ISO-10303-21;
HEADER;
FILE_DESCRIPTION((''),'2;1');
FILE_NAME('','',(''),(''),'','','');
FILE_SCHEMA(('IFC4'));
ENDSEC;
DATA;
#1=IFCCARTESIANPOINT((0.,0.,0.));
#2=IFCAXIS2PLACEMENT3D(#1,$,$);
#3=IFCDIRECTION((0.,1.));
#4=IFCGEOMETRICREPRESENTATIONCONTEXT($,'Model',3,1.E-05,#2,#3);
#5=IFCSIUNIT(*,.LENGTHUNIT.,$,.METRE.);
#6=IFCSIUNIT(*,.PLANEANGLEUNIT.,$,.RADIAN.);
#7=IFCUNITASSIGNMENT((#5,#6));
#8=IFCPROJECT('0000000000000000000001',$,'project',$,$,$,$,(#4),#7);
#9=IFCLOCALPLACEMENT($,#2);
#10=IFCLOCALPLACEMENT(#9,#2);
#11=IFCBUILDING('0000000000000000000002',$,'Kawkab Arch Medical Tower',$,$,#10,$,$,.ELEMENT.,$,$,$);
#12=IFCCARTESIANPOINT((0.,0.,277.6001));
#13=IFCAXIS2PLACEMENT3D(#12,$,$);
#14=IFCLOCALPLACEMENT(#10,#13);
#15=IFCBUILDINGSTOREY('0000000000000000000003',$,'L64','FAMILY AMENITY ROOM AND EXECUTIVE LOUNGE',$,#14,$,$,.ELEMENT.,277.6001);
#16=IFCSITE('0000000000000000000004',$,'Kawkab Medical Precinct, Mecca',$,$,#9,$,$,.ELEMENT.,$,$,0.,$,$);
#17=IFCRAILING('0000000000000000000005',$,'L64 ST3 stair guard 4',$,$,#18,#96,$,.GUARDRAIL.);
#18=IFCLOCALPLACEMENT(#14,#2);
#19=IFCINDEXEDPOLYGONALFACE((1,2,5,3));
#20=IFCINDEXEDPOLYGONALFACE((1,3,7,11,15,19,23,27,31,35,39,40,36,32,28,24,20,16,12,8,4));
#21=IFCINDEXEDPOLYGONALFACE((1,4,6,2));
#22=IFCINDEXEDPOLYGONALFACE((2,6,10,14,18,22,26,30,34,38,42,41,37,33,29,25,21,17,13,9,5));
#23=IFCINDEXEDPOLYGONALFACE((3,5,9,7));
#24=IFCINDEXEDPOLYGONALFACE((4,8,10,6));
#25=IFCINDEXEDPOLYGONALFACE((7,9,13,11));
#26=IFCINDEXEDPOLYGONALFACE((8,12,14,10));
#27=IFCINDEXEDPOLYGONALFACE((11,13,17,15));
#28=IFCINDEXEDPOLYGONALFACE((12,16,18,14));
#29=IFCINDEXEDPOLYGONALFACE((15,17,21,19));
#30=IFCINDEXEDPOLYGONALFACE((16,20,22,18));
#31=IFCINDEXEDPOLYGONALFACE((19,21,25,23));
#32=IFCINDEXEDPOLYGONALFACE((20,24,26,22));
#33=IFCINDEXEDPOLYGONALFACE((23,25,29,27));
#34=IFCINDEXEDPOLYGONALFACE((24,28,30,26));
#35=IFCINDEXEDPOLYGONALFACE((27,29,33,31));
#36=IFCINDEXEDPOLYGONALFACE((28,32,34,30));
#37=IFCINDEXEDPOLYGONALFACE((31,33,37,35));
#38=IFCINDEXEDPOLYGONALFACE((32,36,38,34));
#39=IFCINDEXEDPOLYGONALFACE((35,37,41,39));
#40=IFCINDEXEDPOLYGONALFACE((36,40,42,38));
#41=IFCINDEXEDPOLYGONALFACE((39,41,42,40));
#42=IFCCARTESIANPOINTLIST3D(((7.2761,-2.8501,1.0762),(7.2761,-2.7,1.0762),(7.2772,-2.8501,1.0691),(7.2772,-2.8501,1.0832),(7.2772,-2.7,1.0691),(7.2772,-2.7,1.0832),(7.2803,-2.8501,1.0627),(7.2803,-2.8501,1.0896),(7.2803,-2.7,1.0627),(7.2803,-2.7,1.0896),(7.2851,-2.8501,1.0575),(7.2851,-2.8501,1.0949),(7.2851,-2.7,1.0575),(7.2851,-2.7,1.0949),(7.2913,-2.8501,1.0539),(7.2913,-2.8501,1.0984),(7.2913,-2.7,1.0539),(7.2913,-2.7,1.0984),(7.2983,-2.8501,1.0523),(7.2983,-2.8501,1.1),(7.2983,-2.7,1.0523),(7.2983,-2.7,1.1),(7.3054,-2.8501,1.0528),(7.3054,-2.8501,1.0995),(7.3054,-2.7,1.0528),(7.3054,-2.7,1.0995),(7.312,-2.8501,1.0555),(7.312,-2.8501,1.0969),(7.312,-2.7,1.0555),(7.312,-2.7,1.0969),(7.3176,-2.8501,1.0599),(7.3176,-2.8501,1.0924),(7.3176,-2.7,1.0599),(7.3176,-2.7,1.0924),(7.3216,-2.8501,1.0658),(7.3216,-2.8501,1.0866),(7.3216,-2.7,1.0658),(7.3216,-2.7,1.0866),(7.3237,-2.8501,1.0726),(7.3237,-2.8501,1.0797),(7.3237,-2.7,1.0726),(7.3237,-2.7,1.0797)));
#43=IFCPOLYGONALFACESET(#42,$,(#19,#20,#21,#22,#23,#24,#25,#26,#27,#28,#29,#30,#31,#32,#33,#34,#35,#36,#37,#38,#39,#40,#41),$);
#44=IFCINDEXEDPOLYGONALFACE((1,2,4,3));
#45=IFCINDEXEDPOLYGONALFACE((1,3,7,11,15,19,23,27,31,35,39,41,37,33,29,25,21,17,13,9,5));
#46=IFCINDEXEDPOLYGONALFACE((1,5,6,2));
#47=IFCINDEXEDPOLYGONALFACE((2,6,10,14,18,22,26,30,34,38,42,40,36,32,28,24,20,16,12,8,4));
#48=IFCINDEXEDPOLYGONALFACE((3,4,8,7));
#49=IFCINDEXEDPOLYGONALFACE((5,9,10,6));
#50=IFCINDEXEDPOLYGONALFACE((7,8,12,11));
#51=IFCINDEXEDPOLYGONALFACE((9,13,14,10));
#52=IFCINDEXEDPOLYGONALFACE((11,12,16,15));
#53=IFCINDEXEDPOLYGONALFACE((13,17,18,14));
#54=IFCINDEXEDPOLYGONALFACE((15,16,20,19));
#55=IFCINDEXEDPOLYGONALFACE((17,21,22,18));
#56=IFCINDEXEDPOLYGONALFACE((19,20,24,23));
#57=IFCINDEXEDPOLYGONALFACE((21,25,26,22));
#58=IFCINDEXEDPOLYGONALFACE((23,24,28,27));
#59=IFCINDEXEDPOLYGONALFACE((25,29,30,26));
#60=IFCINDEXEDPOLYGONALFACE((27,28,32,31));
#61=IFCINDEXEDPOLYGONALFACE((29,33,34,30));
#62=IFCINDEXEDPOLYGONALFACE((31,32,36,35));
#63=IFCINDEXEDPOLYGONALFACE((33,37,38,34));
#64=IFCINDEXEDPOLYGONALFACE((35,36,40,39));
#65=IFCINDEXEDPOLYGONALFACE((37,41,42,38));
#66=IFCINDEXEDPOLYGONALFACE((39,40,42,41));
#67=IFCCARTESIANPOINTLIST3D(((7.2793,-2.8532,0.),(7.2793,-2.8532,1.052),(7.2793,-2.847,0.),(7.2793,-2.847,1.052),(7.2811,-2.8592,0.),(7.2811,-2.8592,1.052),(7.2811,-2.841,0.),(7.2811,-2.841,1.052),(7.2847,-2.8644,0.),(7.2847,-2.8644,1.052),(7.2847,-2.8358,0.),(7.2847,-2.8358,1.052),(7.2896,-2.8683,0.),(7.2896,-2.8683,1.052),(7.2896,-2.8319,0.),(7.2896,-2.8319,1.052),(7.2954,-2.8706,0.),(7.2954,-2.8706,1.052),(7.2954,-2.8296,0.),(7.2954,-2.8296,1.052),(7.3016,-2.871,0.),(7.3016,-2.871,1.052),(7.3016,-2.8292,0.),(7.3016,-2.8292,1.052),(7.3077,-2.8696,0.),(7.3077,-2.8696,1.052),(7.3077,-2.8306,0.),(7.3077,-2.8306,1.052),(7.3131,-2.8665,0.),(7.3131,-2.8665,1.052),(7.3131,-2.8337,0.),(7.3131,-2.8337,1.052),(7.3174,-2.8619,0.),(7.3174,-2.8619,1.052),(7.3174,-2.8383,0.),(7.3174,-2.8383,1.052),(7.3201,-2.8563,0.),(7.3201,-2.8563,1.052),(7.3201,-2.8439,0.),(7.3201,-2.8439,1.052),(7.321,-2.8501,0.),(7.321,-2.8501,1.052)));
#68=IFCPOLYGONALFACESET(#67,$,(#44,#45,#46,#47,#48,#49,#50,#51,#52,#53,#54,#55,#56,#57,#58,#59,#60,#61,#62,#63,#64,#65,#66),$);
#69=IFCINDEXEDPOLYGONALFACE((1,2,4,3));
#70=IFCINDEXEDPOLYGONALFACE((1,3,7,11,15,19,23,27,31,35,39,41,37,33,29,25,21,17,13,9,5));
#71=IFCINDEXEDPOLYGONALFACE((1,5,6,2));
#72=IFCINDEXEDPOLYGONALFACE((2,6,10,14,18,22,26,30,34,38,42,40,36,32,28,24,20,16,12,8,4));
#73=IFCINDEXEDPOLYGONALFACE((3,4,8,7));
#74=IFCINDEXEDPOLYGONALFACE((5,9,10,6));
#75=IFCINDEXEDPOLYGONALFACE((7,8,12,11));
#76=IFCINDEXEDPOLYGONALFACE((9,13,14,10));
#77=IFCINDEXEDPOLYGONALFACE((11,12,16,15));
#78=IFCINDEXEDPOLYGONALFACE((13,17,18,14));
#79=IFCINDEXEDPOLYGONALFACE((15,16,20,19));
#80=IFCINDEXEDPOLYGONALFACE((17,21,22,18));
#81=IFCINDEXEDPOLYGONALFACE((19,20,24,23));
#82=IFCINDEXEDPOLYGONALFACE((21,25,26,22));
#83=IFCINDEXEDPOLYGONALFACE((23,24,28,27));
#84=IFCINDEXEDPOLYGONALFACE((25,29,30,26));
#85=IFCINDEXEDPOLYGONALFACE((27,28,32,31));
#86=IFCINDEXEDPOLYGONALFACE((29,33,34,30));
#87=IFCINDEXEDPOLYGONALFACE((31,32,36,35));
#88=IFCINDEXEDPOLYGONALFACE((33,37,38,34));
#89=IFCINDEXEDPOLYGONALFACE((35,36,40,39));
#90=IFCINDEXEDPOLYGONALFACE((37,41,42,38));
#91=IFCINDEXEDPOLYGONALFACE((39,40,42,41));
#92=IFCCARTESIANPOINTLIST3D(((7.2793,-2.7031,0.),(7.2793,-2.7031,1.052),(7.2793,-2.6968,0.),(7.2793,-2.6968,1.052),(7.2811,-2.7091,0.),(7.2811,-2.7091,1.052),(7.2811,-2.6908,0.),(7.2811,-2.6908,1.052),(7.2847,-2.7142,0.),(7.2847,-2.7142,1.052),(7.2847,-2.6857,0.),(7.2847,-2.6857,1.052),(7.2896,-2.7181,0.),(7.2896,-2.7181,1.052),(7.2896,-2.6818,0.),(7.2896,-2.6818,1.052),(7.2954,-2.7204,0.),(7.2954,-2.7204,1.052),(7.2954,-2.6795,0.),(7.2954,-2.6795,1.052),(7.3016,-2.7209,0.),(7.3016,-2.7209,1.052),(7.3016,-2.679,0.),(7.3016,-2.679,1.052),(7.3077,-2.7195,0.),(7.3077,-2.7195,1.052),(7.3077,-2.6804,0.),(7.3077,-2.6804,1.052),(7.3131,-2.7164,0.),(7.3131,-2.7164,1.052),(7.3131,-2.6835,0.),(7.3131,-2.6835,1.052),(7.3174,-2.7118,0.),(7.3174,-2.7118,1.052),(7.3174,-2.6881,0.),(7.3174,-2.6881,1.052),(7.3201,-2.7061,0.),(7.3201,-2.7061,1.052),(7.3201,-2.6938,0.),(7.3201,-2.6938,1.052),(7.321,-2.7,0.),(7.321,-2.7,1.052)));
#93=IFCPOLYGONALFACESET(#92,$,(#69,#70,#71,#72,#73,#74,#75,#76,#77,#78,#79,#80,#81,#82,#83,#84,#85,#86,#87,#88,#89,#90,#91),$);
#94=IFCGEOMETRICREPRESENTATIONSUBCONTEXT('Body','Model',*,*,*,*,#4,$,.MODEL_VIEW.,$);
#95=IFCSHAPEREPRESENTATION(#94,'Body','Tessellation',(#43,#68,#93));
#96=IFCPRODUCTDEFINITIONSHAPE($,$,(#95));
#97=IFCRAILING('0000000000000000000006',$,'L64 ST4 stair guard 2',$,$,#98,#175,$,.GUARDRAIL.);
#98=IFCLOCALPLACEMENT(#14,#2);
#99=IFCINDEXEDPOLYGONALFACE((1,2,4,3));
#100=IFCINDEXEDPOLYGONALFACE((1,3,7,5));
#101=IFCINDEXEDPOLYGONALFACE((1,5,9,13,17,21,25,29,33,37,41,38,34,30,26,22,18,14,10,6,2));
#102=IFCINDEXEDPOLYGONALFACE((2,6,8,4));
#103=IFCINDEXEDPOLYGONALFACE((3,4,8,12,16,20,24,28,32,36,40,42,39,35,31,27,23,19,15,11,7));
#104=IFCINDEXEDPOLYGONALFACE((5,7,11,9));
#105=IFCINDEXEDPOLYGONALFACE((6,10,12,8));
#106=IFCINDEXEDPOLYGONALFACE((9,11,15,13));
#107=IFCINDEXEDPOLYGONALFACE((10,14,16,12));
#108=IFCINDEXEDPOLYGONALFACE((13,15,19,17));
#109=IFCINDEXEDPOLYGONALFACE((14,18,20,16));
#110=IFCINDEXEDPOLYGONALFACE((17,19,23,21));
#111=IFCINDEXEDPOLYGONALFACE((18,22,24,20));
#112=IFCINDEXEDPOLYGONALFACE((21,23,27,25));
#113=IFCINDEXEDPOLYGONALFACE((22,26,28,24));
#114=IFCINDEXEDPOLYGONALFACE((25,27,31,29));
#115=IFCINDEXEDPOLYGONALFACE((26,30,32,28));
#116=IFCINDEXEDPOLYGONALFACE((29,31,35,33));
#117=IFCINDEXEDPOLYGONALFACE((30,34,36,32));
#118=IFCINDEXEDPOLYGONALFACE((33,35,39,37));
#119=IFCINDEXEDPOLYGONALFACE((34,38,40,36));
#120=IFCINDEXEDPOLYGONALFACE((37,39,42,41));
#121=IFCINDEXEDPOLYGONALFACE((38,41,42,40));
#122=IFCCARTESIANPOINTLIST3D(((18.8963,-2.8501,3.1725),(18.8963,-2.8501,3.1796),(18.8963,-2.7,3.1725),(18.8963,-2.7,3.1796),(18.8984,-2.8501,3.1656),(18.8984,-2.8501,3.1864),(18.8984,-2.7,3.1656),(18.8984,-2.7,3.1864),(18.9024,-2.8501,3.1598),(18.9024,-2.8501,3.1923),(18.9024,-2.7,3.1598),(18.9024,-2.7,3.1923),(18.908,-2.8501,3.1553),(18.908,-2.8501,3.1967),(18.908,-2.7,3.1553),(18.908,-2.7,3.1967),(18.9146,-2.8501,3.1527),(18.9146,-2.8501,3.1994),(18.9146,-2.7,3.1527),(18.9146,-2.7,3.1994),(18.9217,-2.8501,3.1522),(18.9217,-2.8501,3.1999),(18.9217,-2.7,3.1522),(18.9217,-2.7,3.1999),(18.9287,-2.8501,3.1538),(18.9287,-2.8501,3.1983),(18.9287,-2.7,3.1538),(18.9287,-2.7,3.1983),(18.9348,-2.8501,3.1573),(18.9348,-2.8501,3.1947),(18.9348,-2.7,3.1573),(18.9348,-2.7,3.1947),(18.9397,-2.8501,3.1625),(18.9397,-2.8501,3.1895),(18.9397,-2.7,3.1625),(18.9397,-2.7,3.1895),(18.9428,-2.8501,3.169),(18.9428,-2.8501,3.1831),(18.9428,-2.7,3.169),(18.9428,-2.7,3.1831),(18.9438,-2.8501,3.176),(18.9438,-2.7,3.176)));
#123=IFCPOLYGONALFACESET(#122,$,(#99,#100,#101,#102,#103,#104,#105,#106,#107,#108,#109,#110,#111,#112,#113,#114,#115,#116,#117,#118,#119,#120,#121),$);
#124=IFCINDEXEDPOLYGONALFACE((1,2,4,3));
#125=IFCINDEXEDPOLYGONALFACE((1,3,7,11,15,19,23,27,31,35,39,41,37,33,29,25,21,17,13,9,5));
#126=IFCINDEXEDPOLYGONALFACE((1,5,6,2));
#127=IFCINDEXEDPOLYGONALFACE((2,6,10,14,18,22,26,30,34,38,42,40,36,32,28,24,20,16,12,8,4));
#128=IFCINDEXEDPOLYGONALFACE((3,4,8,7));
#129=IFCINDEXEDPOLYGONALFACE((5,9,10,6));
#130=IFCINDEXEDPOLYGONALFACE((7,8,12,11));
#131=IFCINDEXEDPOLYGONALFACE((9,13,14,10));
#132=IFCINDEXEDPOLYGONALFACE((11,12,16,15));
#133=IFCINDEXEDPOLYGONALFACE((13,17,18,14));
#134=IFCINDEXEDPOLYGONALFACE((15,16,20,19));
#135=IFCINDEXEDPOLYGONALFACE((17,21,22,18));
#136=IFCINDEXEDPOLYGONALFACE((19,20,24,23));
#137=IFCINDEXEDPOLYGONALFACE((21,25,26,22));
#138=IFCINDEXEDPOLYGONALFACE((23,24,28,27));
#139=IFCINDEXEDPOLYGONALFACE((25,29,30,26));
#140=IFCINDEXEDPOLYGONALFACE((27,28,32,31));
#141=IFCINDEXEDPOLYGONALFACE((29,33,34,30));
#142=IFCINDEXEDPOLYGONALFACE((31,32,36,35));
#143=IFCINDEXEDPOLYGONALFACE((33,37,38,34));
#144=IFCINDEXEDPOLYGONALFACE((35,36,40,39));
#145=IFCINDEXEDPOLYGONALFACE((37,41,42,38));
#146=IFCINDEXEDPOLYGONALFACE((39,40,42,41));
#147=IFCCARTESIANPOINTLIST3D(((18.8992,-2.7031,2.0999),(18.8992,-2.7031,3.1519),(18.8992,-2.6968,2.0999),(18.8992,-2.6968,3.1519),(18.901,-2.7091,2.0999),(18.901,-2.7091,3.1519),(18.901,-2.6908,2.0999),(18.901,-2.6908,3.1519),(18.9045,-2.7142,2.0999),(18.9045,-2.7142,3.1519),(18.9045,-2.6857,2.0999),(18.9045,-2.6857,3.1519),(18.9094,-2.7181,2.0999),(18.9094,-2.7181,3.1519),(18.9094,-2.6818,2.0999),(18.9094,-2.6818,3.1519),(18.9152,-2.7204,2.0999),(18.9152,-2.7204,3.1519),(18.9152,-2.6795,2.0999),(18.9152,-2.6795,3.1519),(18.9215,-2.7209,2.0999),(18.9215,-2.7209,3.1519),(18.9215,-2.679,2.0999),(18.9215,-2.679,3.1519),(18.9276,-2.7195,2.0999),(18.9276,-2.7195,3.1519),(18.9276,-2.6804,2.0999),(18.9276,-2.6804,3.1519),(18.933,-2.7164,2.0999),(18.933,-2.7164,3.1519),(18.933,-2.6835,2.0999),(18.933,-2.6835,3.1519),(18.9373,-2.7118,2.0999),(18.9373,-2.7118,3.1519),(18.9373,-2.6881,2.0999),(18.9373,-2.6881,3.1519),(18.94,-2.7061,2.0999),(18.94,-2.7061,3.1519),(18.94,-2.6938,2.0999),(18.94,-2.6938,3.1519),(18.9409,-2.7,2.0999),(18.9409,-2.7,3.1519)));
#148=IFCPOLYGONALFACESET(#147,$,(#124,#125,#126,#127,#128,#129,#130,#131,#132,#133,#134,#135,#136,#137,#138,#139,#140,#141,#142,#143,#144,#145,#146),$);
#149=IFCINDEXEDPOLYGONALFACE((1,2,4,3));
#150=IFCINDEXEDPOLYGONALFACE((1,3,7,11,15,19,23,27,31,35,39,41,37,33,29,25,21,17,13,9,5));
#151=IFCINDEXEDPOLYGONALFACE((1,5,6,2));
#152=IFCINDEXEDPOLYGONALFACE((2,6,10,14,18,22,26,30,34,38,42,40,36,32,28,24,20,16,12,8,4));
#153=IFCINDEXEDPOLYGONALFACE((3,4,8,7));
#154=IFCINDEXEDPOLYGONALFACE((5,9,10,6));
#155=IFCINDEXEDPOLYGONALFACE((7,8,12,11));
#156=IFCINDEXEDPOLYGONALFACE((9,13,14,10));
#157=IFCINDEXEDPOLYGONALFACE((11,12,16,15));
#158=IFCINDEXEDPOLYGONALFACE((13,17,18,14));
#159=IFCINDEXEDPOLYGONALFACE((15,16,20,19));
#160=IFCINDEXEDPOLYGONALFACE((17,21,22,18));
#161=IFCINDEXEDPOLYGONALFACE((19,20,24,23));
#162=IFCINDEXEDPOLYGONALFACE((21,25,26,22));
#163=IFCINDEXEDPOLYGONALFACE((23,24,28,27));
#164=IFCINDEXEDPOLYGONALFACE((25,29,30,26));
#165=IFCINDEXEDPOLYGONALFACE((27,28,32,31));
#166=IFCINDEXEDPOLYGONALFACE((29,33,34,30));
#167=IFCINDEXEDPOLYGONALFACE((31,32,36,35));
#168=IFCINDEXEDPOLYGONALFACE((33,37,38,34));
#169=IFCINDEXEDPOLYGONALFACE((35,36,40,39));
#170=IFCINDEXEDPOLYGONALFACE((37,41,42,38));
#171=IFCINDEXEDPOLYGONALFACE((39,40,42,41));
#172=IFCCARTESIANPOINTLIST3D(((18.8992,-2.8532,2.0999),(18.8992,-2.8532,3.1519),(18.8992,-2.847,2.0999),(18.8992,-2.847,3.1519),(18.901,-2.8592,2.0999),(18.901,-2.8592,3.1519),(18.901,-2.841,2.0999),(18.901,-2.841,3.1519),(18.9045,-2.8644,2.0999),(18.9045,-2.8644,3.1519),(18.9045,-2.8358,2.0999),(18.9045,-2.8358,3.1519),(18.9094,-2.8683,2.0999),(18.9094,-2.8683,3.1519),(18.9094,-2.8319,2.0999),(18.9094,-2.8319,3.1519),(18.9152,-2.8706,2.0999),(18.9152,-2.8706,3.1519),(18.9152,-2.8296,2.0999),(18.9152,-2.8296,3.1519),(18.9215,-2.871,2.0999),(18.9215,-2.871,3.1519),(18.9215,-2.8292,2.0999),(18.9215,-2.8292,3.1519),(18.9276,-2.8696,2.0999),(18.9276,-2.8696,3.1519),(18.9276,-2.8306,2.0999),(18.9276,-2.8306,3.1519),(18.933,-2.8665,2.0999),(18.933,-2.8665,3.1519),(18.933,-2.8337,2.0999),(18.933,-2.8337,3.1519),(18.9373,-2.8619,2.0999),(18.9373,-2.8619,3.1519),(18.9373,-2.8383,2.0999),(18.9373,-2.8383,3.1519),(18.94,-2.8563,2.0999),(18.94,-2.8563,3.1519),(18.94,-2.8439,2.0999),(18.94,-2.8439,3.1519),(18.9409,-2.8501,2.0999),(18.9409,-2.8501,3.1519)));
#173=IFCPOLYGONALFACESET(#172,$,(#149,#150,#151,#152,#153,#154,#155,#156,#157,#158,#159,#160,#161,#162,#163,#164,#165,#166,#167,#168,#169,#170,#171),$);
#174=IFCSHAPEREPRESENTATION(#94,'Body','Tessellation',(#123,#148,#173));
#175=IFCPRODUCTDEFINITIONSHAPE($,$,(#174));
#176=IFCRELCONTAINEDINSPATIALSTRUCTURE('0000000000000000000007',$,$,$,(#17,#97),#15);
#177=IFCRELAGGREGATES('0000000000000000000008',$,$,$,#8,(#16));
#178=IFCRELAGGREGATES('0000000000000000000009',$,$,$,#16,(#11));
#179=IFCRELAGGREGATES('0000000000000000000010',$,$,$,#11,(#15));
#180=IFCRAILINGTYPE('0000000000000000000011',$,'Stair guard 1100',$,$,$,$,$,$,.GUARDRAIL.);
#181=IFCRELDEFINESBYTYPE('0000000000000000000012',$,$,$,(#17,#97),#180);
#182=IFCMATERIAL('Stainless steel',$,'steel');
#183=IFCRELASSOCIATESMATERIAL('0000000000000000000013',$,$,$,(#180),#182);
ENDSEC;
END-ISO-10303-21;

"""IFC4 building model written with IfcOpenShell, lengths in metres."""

from ifc_helpers import new_model, si_unit, direction, frame, origin, origin_2d, place, context, subcontext, project, spatial, circle, extrude, material, type_object, element, save


model = new_model("IFC4")

# Units and contexts
model_context = context("Model", 3, precision=1e-05, world=origin(), true_north=direction((0.0, 1.0)))
body_context = subcontext(model_context, "Body", "Model", "MODEL_VIEW")
ifc_project = project(units=[si_unit("LENGTHUNIT", "METRE"), si_unit("PLANEANGLEUNIT", "RADIAN")], contexts=[model_context])

# Site, building, storey
site_placement = place(None, origin())
site = spatial("IfcSite", under=ifc_project, at=site_placement, Name="Kawkab Medical Precinct, Mecca", CompositionType="ELEMENT", RefElevation=0.0)
building_placement = place(site_placement, origin())
building = spatial("IfcBuilding", under=site, at=building_placement, Name="Kawkab Arch Medical Tower", CompositionType="ELEMENT")
storey_placement = place(building_placement, frame((0.0, 0.0, 277.6001)))
storey = spatial("IfcBuildingStorey", under=building, at=storey_placement, Name="L64", Description="FAMILY AMENITY ROOM AND EXECUTIVE LOUNGE", CompositionType="ELEMENT", Elevation=277.6001)

# Railings
ifc_material_1 = material(Name="Stainless steel", Category="steel")
railing_type = type_object("IfcRailingType", Name="Stair guard 1100", PredefinedType="GUARDRAIL", material=ifc_material_1)
railing_1_placement = place(storey_placement, frame((7.3, -2.8501, 0.0)))
element("IfcRailing", 1, at=railing_1_placement, inside=storey, type_object=railing_type, Name="L64 ST3 stair guard 4", PredefinedType="GUARDRAIL", context=body_context, shape_type="SweptSolid", body=[
    extrude(circle(Radius=0.0239, at=origin_2d()), frame((0.0, 0.0, 1.0762), z_axis=(0.0, 1.0, 0.0), x_axis=(-1.0, 0.0, 0.0)), (0.0, 0.0, 1.0), 0.1501),
    extrude(circle(Radius=0.021, at=origin_2d()), origin(), (0.0, 0.0, 1.0), 1.052),
    extrude(circle(Radius=0.021, at=origin_2d()), frame((0.0, 0.1501, 0.0)), (0.0, 0.0, 1.0), 1.052),
])
railing_2_placement = place(storey_placement, frame((18.9199, -2.7, 2.0999)))
element("IfcRailing", 2, at=railing_2_placement, inside=storey, type_object=railing_type, Name="L64 ST4 stair guard 2", PredefinedType="GUARDRAIL", context=body_context, shape_type="SweptSolid", body=[
    extrude(circle(Radius=0.0239, at=origin_2d()), frame((0.0, 0.0, 1.0762), z_axis=(0.0, -1.0, 0.0), x_axis=(1.0, 0.0, 0.0)), (0.0, 0.0, 1.0), 0.1501),
    extrude(circle(Radius=0.021, at=origin_2d()), origin(), (0.0, 0.0, 1.0), 1.052),
    extrude(circle(Radius=0.021, at=origin_2d()), frame((0.0, -0.1501, 0.0)), (0.0, 0.0, 1.0), 1.052),
])

save(model, "model.ifc")
